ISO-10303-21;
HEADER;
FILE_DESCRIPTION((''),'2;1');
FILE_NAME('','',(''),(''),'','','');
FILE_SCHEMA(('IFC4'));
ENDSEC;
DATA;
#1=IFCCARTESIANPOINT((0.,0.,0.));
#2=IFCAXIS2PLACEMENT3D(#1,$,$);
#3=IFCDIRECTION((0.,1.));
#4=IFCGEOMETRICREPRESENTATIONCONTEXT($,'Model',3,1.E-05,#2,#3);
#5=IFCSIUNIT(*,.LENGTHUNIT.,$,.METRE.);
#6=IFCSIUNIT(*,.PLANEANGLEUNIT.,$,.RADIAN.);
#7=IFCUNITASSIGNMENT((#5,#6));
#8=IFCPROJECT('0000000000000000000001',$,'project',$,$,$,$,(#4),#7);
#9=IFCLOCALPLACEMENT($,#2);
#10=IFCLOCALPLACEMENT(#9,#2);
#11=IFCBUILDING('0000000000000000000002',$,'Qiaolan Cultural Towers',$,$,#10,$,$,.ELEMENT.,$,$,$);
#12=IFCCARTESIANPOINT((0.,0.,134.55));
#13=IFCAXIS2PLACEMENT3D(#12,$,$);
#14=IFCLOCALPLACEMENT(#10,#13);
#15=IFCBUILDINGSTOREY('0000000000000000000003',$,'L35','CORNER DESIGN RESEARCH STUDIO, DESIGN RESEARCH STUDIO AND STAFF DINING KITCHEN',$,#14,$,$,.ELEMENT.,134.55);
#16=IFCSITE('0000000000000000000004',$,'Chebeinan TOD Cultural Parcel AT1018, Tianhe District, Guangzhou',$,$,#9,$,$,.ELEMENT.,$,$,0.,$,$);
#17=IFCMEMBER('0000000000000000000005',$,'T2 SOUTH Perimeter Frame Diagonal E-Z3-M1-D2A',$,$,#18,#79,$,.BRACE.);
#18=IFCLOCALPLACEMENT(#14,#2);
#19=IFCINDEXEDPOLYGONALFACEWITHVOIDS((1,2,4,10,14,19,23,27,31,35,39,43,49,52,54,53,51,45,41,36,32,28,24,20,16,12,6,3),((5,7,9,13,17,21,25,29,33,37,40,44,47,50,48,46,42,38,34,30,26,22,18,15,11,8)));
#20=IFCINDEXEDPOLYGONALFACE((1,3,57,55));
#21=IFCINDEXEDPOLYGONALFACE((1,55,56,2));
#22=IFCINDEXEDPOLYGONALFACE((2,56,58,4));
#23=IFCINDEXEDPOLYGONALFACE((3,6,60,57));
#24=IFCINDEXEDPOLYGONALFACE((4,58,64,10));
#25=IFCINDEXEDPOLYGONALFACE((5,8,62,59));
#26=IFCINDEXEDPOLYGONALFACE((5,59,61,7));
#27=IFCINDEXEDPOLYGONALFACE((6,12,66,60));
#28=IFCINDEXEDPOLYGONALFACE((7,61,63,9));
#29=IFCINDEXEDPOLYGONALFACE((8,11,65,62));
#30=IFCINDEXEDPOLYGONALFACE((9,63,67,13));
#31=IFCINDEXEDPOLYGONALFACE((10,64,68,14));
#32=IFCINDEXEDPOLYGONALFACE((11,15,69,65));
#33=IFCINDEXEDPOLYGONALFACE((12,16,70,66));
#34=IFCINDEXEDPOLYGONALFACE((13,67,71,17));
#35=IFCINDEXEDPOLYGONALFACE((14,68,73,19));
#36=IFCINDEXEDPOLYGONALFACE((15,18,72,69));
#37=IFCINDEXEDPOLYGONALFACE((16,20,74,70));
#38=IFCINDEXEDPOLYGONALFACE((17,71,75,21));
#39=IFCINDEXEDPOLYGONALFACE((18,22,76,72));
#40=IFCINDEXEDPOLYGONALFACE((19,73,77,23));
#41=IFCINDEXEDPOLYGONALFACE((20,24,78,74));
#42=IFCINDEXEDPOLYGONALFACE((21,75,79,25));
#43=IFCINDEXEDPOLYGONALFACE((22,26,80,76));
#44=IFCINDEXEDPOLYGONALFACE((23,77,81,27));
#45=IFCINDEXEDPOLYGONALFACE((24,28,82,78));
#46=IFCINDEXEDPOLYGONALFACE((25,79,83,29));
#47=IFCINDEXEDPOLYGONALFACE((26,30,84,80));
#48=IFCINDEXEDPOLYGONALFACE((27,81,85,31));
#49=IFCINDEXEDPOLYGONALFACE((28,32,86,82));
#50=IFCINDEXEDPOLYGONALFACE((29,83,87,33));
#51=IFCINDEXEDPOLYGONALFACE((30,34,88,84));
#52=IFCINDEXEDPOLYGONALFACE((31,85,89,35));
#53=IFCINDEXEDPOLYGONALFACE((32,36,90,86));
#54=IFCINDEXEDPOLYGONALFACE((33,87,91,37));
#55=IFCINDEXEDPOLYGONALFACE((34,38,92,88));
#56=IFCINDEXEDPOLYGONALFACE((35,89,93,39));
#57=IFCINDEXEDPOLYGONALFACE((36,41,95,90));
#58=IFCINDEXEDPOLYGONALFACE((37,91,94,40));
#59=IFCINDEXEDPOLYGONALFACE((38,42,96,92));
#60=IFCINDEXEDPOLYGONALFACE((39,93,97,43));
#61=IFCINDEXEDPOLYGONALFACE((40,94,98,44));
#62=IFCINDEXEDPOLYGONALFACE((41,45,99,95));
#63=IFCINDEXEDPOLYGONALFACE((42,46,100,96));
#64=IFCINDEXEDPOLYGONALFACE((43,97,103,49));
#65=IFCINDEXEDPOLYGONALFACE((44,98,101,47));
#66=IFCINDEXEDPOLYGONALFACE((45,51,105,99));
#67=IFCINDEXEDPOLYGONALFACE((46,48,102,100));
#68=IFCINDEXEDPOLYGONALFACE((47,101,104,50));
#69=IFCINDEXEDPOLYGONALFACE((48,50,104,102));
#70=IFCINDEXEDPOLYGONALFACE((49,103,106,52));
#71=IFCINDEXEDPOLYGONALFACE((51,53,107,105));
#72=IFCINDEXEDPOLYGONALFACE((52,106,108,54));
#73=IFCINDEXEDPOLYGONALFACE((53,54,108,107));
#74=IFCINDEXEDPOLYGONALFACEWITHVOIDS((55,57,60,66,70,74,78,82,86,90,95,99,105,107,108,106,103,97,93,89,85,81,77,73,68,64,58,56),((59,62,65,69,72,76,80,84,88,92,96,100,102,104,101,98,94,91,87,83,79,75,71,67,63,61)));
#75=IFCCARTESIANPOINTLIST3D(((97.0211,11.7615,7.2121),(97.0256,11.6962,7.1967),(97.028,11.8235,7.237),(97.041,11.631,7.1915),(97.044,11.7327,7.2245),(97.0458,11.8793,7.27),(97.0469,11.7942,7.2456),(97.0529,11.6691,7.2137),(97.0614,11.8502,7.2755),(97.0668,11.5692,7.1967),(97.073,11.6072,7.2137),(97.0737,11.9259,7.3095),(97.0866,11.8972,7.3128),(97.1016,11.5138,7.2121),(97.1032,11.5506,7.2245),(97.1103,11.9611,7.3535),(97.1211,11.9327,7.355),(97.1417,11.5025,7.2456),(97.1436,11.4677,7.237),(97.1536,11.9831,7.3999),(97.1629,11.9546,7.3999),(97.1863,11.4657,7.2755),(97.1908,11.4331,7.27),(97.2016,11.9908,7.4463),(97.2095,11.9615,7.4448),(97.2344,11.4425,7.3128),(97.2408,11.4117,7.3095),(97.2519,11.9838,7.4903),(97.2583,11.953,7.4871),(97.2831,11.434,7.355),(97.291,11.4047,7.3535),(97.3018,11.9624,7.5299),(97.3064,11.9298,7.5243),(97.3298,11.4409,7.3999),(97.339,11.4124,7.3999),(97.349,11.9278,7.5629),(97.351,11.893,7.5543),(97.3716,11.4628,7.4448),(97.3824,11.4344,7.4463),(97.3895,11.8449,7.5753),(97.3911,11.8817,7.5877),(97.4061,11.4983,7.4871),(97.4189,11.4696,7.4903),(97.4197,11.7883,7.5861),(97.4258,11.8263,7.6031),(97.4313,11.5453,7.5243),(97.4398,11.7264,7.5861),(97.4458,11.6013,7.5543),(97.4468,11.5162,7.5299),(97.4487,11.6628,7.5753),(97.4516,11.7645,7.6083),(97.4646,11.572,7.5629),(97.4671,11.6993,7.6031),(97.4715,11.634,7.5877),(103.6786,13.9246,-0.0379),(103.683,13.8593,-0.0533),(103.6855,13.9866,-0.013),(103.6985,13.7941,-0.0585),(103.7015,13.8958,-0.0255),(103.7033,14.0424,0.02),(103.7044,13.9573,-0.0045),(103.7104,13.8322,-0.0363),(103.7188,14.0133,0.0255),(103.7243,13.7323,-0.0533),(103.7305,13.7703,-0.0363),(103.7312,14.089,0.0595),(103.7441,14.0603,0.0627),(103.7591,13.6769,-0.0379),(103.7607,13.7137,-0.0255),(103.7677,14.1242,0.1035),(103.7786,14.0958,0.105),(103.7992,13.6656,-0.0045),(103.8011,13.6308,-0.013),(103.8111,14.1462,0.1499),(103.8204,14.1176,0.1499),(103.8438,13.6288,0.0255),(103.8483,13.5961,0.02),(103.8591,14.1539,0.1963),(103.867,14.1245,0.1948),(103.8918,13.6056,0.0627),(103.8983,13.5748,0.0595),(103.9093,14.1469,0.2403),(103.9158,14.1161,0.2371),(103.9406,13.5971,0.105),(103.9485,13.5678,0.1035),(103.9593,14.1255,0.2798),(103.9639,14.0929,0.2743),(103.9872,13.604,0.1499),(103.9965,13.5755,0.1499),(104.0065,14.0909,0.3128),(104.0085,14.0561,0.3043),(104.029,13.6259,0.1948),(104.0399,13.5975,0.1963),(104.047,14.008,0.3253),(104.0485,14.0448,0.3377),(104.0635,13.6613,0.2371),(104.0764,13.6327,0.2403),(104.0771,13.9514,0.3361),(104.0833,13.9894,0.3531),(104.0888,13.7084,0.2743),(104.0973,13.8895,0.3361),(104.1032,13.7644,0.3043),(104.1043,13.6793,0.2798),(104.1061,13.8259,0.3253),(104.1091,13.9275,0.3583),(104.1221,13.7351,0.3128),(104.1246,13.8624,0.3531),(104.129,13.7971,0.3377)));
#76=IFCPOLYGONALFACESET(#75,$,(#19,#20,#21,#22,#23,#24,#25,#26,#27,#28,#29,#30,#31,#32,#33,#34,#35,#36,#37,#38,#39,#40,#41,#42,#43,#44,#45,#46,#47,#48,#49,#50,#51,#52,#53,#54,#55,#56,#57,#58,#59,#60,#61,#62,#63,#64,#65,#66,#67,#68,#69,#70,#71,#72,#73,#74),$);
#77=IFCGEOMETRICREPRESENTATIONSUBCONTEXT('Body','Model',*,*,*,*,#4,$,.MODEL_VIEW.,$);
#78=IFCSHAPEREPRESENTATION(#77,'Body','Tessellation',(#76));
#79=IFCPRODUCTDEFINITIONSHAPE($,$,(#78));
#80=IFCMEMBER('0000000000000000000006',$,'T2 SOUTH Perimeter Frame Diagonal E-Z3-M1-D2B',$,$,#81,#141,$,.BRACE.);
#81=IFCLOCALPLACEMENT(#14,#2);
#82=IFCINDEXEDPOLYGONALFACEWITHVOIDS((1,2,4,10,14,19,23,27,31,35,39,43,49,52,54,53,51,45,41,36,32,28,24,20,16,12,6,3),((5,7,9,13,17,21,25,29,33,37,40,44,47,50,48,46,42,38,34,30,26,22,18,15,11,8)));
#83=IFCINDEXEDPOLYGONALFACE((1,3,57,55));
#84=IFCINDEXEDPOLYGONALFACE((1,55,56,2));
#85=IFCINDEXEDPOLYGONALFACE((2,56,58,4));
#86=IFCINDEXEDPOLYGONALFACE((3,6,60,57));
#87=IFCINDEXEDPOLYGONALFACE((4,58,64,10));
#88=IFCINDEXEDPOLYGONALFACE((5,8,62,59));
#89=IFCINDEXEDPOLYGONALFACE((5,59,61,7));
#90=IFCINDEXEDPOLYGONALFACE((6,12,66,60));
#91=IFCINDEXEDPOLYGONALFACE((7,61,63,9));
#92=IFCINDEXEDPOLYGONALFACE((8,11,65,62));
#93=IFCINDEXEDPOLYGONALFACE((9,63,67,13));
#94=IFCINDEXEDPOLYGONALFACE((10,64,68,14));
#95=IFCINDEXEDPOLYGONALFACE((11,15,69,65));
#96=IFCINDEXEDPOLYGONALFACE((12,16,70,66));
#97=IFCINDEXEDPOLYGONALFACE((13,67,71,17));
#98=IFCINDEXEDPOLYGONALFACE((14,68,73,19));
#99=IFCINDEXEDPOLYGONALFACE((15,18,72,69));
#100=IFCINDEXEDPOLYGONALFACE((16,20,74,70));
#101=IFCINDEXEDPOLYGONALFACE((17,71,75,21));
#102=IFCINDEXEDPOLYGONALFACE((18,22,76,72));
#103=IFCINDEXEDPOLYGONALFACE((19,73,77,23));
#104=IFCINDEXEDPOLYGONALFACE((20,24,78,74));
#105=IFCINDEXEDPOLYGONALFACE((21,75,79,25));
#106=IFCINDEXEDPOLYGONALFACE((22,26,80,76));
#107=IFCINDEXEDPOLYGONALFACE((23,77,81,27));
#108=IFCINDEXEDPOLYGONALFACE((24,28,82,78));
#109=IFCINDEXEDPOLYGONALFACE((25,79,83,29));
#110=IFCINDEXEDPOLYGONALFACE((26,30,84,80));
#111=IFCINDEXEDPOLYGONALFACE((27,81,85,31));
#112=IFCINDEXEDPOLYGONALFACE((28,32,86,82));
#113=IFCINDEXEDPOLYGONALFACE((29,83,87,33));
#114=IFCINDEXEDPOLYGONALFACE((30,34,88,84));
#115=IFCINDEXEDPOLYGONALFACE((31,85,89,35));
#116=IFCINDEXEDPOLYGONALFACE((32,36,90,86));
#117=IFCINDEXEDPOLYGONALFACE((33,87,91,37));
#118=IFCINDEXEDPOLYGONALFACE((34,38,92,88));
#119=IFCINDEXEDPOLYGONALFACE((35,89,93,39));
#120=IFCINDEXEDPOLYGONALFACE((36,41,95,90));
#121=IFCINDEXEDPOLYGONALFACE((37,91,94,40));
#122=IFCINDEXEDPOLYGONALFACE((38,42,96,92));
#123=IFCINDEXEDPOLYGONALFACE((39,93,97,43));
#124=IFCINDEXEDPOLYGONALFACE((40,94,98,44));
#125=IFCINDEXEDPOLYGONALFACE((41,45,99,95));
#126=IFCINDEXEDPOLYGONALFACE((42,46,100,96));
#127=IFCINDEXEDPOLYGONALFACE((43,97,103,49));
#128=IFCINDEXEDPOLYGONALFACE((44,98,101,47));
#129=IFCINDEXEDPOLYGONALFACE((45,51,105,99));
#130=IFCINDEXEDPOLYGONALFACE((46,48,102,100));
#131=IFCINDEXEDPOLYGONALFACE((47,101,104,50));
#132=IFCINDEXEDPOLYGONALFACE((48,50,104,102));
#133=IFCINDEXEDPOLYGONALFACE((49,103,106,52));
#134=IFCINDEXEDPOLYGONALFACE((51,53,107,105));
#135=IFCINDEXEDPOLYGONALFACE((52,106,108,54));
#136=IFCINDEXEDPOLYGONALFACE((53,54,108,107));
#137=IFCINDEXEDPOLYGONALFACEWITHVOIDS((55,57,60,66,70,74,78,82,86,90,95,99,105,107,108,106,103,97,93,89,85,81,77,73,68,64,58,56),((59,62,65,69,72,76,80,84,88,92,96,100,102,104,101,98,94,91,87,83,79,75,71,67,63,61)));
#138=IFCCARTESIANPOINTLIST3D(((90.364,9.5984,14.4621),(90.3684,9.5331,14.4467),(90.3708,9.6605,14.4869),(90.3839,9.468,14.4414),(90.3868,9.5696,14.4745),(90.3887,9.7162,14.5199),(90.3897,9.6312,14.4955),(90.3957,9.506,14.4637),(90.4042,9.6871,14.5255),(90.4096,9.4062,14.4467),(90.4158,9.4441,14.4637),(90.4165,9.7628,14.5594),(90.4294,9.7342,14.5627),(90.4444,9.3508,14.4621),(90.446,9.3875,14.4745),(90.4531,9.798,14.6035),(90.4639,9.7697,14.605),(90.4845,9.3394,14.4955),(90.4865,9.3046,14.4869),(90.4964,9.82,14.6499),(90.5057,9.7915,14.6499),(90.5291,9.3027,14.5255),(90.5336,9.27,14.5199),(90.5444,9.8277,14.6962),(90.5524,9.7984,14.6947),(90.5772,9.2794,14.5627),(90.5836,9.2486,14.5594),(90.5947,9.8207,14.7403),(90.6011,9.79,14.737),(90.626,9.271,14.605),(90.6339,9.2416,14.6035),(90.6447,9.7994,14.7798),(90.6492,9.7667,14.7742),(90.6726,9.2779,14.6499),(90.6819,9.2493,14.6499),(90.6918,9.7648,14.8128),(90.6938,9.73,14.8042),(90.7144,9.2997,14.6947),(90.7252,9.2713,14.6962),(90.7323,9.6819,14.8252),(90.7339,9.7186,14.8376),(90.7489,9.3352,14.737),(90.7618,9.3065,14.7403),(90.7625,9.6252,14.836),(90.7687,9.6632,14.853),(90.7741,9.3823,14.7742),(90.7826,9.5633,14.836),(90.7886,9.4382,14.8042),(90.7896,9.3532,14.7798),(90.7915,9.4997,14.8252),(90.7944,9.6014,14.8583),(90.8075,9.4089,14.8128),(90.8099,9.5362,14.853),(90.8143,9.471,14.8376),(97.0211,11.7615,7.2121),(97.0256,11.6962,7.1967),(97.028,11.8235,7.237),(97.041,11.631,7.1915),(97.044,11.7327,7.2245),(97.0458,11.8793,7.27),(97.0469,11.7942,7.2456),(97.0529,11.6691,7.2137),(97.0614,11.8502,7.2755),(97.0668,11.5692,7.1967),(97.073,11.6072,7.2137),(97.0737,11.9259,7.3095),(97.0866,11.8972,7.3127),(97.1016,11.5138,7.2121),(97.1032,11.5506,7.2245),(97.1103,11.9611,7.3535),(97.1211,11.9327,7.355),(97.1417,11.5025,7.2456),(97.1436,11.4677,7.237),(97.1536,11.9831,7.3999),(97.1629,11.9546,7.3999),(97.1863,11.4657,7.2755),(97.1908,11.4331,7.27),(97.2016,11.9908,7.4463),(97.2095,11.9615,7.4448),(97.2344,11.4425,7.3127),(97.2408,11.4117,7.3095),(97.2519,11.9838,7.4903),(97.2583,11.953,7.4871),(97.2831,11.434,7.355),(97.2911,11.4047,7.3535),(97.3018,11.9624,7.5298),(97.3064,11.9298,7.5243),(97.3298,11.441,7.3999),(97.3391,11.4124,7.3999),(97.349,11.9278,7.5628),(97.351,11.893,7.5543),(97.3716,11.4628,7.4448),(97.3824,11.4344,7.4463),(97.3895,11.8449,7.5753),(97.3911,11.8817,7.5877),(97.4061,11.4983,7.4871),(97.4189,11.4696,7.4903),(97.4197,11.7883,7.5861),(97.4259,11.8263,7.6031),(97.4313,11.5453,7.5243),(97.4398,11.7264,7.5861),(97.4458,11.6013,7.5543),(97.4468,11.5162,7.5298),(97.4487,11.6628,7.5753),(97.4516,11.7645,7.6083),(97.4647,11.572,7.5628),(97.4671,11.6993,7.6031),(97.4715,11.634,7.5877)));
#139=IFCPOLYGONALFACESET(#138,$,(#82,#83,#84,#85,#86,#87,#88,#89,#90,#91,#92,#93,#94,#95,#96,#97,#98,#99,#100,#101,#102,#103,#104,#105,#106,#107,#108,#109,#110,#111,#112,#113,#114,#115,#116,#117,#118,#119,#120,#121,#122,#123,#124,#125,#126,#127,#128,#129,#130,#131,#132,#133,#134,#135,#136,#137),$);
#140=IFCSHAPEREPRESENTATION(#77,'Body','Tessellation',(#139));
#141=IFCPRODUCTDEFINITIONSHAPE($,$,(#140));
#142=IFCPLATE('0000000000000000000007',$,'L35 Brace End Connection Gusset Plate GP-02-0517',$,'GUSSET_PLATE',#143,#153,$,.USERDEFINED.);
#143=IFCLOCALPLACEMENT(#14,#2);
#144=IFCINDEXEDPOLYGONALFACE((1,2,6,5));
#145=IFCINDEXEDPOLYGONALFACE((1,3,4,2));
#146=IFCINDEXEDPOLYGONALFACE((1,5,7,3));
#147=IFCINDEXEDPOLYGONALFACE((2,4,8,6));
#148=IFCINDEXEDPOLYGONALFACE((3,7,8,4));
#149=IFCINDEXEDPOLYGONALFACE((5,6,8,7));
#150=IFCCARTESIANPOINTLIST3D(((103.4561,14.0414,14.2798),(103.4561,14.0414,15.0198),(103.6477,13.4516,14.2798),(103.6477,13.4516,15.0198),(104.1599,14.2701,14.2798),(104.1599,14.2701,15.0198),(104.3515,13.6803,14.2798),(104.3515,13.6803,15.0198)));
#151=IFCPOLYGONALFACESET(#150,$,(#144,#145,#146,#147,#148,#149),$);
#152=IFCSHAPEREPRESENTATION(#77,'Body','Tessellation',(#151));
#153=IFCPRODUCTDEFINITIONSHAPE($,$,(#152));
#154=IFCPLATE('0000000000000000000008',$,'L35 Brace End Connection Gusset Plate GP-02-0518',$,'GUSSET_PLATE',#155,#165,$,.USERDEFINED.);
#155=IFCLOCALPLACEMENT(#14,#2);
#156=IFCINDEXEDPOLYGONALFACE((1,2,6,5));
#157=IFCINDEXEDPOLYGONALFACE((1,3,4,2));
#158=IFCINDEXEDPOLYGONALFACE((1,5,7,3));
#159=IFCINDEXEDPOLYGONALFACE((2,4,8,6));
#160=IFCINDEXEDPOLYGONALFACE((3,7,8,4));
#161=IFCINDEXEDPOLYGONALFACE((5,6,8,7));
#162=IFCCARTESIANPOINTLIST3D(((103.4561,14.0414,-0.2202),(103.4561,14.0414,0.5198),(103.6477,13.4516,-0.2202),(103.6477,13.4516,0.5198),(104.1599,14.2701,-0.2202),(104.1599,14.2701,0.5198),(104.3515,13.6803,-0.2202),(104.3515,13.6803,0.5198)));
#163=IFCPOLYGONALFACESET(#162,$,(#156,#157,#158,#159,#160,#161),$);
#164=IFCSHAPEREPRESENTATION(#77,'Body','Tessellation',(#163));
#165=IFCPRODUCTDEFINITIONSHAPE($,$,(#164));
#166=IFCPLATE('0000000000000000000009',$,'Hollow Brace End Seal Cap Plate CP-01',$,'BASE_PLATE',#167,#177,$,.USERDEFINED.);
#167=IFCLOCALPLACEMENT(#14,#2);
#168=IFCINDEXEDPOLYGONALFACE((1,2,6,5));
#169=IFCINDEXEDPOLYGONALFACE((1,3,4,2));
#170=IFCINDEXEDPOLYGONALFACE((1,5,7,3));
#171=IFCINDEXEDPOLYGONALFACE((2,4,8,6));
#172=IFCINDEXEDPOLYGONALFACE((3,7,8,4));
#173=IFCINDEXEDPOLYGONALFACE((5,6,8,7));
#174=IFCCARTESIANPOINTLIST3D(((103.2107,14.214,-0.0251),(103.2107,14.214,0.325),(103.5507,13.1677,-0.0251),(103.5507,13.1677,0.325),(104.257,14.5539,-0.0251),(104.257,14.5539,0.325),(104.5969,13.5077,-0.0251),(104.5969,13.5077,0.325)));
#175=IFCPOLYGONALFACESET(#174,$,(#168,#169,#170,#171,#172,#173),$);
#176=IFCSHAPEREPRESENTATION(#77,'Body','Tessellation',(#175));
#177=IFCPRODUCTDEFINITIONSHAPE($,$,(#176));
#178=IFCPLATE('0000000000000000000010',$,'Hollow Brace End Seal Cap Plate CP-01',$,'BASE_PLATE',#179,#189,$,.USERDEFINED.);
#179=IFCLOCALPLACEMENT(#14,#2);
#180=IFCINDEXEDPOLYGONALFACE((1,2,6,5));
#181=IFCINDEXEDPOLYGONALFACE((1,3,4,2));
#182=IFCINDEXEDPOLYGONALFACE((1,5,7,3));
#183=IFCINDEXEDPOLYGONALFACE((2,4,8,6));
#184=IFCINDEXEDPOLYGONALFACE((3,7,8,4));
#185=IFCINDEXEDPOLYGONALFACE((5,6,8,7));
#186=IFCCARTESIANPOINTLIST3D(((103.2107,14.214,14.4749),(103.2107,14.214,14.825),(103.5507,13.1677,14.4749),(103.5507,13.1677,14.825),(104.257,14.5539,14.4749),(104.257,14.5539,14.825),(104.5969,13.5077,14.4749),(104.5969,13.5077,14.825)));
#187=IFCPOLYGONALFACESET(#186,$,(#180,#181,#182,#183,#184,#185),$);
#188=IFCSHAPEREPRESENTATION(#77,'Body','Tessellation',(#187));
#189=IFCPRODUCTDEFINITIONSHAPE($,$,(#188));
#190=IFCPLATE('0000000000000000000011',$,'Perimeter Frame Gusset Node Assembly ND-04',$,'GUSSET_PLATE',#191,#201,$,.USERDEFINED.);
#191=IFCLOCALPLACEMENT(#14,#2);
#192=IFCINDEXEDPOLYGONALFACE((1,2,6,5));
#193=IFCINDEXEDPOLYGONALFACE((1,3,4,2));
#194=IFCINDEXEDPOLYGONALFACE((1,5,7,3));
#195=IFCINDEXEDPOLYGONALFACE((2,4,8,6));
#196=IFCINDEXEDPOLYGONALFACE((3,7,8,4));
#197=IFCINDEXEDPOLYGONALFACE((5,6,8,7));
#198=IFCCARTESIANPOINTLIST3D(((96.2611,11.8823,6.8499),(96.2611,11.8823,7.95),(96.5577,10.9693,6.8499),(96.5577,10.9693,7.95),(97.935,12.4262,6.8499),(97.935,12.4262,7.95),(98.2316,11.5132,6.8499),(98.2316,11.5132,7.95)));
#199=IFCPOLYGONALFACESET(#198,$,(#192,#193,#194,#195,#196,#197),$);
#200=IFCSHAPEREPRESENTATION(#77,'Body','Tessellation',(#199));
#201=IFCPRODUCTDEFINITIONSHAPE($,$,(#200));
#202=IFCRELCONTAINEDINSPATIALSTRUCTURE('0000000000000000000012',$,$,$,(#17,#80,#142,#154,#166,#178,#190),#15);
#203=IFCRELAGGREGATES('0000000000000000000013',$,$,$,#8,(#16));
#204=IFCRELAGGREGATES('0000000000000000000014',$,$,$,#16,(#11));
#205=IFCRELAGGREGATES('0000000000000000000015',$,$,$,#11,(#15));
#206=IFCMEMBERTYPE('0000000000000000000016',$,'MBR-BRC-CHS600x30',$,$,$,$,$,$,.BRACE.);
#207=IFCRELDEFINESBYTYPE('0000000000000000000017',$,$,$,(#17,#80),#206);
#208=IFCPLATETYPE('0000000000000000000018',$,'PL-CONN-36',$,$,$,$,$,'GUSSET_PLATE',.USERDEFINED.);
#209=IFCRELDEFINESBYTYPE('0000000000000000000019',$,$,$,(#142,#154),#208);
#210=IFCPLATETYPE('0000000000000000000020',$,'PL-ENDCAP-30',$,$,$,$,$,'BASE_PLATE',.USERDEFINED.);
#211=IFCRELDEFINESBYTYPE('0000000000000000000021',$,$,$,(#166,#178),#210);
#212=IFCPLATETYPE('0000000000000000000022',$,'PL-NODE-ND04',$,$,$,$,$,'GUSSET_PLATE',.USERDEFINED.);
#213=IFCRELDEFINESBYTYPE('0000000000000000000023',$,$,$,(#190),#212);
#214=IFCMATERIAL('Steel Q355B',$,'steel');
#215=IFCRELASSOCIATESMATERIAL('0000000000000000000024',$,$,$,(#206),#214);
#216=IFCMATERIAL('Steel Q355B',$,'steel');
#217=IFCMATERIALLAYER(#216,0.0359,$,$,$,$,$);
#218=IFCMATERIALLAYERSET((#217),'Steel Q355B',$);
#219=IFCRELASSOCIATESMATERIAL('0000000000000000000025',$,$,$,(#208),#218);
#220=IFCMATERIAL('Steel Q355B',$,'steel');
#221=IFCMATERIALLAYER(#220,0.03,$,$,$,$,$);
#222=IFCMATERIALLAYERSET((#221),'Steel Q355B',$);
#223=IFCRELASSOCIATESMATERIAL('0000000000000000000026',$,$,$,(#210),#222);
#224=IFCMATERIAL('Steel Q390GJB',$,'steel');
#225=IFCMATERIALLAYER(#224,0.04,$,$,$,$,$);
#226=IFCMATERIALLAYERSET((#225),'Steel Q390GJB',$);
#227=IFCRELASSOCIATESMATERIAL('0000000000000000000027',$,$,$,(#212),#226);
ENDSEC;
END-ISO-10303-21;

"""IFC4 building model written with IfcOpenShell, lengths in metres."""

from ifc_helpers import new_model, si_unit, direction, frame, origin, origin_2d, place, context, subcontext, project, spatial, rectangle, hollow_circle, extrude, material, layer, layer_set, material_profile, profile_set, type_object, element, save


model = new_model("IFC4")

# Units and contexts
model_context = context("Model", 3, precision=1e-05, world=origin(), true_north=direction((0.0, 1.0)))
body_context = subcontext(model_context, "Body", "Model", "MODEL_VIEW")
ifc_project = project(units=[si_unit("LENGTHUNIT", "METRE"), si_unit("PLANEANGLEUNIT", "RADIAN")], contexts=[model_context])

# Site, building, storey
site_placement = place(None, origin())
site = spatial("IfcSite", under=ifc_project, at=site_placement, Name="Chebeinan TOD Cultural Parcel AT1018, Tianhe District, Guangzhou", CompositionType="ELEMENT", RefElevation=0.0)
building_placement = place(site_placement, origin())
building = spatial("IfcBuilding", under=site, at=building_placement, Name="Qiaolan Cultural Towers", CompositionType="ELEMENT")
storey_placement = place(building_placement, frame((0.0, 0.0, 134.55)))
storey = spatial("IfcBuildingStorey", under=building, at=storey_placement, Name="L35", Description="CORNER DESIGN RESEARCH STUDIO, DESIGN RESEARCH STUDIO AND STAFF DINING KITCHEN", CompositionType="ELEMENT", Elevation=134.55)

# Members
ifc_material_1 = material(Name="Steel Q355B", Category="steel")
ifc_material_profile_1 = material_profile(ifc_material_1, hollow_circle(Radius=0.3, WallThickness=0.03, at=origin_2d()), Name="CHS600x30")
ifc_profile_set_1 = profile_set([ifc_material_profile_1], Name="Steel Q355B")
member_type = type_object("IfcMemberType", Name="MBR-BRC-CHS600x30", PredefinedType="BRACE", material=ifc_profile_set_1)
for number, where, z_axis, x_axis, name in (
    (1, (103.9038, 13.8608, 0.1499), (-0.660603, -0.214637, 0.719398), (0.30901, -0.951059, 0.0), "T2 SOUTH Perimeter Frame Diagonal E-Z3-M1-D2A"),
):
    element("IfcMember", number, at=place(storey_placement, frame(where, z_axis=z_axis, x_axis=x_axis)), inside=storey, type_object=member_type, Name=name, PredefinedType="BRACE", context=body_context, shape_type="SweptSolid", body=[
        extrude(hollow_circle(Radius=0.3, WallThickness=0.03, at=origin_2d()), origin(), (0.0, 0.0, 1.0), 10.0779),
    ])
member_placement = place(storey_placement, frame((97.2463, 11.6978, 7.3999), z_axis=(-0.66059, -0.214641, 0.71941), x_axis=(0.30902, -0.951056, 0.0)))
element("IfcMember", 2, at=member_placement, inside=storey, type_object=member_type, Name="T2 SOUTH Perimeter Frame Diagonal E-Z3-M1-D2B", PredefinedType="BRACE", context=body_context, shape_type="SweptSolid", body=[
    extrude(hollow_circle(Radius=0.3, WallThickness=0.03, at=origin_2d()), origin(), (0.0, 0.0, 1.0), 10.0776),
])

# Plates
ifc_material_2 = material(Name="Steel Q355B", Category="steel")
ifc_layer_1 = layer(ifc_material_2, 0.0359)
ifc_layer_set_1 = layer_set([ifc_layer_1], Name="Steel Q355B")
plate_type_1 = type_object("IfcPlateType", Name="PL-CONN-36", ElementType="GUSSET_PLATE", PredefinedType="USERDEFINED", material=ifc_layer_set_1)
for number, where, z_axis, x_axis, name in (
    (3, (103.9038, 13.8608, 14.2798), (0.0, 0.0, 1.0), (0.951057, 0.309017, 0.0), "L35 Brace End Connection Gusset Plate GP-02-0517"),
    (4, (103.9038, 13.8608, -0.2202), (0.0, 0.0, 1.0), (0.951057, 0.309017, 0.0), "L35 Brace End Connection Gusset Plate GP-02-0518"),
):
    element("IfcPlate", number, at=place(storey_placement, frame(where, z_axis=z_axis, x_axis=x_axis)), inside=storey, type_object=plate_type_1, Name=name, ObjectType="GUSSET_PLATE", PredefinedType="USERDEFINED", context=body_context, shape_type="SweptSolid", body=[
        extrude(rectangle(XDim=0.74, YDim=0.6201, at=origin_2d()), origin(), (0.0, 0.0, 1.0), 0.74),
    ])
ifc_material_3 = material(Name="Steel Q355B", Category="steel")
ifc_layer_2 = layer(ifc_material_3, 0.03)
ifc_layer_set_2 = layer_set([ifc_layer_2], Name="Steel Q355B")
plate_type_2 = type_object("IfcPlateType", Name="PL-ENDCAP-30", ElementType="BASE_PLATE", PredefinedType="USERDEFINED", material=ifc_layer_set_2)
for number, where, z_axis, x_axis, name in (
    (5, (103.9038, 13.8608, -0.0251), (0.0, 0.0, 1.0), (0.951057, 0.309017, 0.0), "Hollow Brace End Seal Cap Plate CP-01"),
    (6, (103.9038, 13.8608, 14.4749), (0.0, 0.0, 1.0), (0.951057, 0.309017, 0.0), "Hollow Brace End Seal Cap Plate CP-01"),
):
    element("IfcPlate", number, at=place(storey_placement, frame(where, z_axis=z_axis, x_axis=x_axis)), inside=storey, type_object=plate_type_2, Name=name, ObjectType="BASE_PLATE", PredefinedType="USERDEFINED", context=body_context, shape_type="SweptSolid", body=[
        extrude(rectangle(XDim=1.1001, YDim=1.1001, at=origin_2d()), origin(), (0.0, 0.0, 1.0), 0.3501),
    ])
ifc_material_4 = material(Name="Steel Q390GJB", Category="steel")
ifc_layer_3 = layer(ifc_material_4, 0.04)
ifc_layer_set_3 = layer_set([ifc_layer_3], Name="Steel Q390GJB")
plate_type_3 = type_object("IfcPlateType", Name="PL-NODE-ND04", ElementType="GUSSET_PLATE", PredefinedType="USERDEFINED", material=ifc_layer_set_3)
plate_placement = place(storey_placement, frame((97.2463, 11.6978, 6.8499), z_axis=(0.0, 0.0, 1.0), x_axis=(0.951057, 0.309017, 0.0)))
element("IfcPlate", 7, at=plate_placement, inside=storey, type_object=plate_type_3, Name="Perimeter Frame Gusset Node Assembly ND-04", ObjectType="GUSSET_PLATE", PredefinedType="USERDEFINED", context=body_context, shape_type="SweptSolid", body=[
    extrude(rectangle(XDim=1.76, YDim=0.96, at=origin_2d()), origin(), (0.0, 0.0, 1.0), 1.1001),
])

save(model, "model.ifc")
